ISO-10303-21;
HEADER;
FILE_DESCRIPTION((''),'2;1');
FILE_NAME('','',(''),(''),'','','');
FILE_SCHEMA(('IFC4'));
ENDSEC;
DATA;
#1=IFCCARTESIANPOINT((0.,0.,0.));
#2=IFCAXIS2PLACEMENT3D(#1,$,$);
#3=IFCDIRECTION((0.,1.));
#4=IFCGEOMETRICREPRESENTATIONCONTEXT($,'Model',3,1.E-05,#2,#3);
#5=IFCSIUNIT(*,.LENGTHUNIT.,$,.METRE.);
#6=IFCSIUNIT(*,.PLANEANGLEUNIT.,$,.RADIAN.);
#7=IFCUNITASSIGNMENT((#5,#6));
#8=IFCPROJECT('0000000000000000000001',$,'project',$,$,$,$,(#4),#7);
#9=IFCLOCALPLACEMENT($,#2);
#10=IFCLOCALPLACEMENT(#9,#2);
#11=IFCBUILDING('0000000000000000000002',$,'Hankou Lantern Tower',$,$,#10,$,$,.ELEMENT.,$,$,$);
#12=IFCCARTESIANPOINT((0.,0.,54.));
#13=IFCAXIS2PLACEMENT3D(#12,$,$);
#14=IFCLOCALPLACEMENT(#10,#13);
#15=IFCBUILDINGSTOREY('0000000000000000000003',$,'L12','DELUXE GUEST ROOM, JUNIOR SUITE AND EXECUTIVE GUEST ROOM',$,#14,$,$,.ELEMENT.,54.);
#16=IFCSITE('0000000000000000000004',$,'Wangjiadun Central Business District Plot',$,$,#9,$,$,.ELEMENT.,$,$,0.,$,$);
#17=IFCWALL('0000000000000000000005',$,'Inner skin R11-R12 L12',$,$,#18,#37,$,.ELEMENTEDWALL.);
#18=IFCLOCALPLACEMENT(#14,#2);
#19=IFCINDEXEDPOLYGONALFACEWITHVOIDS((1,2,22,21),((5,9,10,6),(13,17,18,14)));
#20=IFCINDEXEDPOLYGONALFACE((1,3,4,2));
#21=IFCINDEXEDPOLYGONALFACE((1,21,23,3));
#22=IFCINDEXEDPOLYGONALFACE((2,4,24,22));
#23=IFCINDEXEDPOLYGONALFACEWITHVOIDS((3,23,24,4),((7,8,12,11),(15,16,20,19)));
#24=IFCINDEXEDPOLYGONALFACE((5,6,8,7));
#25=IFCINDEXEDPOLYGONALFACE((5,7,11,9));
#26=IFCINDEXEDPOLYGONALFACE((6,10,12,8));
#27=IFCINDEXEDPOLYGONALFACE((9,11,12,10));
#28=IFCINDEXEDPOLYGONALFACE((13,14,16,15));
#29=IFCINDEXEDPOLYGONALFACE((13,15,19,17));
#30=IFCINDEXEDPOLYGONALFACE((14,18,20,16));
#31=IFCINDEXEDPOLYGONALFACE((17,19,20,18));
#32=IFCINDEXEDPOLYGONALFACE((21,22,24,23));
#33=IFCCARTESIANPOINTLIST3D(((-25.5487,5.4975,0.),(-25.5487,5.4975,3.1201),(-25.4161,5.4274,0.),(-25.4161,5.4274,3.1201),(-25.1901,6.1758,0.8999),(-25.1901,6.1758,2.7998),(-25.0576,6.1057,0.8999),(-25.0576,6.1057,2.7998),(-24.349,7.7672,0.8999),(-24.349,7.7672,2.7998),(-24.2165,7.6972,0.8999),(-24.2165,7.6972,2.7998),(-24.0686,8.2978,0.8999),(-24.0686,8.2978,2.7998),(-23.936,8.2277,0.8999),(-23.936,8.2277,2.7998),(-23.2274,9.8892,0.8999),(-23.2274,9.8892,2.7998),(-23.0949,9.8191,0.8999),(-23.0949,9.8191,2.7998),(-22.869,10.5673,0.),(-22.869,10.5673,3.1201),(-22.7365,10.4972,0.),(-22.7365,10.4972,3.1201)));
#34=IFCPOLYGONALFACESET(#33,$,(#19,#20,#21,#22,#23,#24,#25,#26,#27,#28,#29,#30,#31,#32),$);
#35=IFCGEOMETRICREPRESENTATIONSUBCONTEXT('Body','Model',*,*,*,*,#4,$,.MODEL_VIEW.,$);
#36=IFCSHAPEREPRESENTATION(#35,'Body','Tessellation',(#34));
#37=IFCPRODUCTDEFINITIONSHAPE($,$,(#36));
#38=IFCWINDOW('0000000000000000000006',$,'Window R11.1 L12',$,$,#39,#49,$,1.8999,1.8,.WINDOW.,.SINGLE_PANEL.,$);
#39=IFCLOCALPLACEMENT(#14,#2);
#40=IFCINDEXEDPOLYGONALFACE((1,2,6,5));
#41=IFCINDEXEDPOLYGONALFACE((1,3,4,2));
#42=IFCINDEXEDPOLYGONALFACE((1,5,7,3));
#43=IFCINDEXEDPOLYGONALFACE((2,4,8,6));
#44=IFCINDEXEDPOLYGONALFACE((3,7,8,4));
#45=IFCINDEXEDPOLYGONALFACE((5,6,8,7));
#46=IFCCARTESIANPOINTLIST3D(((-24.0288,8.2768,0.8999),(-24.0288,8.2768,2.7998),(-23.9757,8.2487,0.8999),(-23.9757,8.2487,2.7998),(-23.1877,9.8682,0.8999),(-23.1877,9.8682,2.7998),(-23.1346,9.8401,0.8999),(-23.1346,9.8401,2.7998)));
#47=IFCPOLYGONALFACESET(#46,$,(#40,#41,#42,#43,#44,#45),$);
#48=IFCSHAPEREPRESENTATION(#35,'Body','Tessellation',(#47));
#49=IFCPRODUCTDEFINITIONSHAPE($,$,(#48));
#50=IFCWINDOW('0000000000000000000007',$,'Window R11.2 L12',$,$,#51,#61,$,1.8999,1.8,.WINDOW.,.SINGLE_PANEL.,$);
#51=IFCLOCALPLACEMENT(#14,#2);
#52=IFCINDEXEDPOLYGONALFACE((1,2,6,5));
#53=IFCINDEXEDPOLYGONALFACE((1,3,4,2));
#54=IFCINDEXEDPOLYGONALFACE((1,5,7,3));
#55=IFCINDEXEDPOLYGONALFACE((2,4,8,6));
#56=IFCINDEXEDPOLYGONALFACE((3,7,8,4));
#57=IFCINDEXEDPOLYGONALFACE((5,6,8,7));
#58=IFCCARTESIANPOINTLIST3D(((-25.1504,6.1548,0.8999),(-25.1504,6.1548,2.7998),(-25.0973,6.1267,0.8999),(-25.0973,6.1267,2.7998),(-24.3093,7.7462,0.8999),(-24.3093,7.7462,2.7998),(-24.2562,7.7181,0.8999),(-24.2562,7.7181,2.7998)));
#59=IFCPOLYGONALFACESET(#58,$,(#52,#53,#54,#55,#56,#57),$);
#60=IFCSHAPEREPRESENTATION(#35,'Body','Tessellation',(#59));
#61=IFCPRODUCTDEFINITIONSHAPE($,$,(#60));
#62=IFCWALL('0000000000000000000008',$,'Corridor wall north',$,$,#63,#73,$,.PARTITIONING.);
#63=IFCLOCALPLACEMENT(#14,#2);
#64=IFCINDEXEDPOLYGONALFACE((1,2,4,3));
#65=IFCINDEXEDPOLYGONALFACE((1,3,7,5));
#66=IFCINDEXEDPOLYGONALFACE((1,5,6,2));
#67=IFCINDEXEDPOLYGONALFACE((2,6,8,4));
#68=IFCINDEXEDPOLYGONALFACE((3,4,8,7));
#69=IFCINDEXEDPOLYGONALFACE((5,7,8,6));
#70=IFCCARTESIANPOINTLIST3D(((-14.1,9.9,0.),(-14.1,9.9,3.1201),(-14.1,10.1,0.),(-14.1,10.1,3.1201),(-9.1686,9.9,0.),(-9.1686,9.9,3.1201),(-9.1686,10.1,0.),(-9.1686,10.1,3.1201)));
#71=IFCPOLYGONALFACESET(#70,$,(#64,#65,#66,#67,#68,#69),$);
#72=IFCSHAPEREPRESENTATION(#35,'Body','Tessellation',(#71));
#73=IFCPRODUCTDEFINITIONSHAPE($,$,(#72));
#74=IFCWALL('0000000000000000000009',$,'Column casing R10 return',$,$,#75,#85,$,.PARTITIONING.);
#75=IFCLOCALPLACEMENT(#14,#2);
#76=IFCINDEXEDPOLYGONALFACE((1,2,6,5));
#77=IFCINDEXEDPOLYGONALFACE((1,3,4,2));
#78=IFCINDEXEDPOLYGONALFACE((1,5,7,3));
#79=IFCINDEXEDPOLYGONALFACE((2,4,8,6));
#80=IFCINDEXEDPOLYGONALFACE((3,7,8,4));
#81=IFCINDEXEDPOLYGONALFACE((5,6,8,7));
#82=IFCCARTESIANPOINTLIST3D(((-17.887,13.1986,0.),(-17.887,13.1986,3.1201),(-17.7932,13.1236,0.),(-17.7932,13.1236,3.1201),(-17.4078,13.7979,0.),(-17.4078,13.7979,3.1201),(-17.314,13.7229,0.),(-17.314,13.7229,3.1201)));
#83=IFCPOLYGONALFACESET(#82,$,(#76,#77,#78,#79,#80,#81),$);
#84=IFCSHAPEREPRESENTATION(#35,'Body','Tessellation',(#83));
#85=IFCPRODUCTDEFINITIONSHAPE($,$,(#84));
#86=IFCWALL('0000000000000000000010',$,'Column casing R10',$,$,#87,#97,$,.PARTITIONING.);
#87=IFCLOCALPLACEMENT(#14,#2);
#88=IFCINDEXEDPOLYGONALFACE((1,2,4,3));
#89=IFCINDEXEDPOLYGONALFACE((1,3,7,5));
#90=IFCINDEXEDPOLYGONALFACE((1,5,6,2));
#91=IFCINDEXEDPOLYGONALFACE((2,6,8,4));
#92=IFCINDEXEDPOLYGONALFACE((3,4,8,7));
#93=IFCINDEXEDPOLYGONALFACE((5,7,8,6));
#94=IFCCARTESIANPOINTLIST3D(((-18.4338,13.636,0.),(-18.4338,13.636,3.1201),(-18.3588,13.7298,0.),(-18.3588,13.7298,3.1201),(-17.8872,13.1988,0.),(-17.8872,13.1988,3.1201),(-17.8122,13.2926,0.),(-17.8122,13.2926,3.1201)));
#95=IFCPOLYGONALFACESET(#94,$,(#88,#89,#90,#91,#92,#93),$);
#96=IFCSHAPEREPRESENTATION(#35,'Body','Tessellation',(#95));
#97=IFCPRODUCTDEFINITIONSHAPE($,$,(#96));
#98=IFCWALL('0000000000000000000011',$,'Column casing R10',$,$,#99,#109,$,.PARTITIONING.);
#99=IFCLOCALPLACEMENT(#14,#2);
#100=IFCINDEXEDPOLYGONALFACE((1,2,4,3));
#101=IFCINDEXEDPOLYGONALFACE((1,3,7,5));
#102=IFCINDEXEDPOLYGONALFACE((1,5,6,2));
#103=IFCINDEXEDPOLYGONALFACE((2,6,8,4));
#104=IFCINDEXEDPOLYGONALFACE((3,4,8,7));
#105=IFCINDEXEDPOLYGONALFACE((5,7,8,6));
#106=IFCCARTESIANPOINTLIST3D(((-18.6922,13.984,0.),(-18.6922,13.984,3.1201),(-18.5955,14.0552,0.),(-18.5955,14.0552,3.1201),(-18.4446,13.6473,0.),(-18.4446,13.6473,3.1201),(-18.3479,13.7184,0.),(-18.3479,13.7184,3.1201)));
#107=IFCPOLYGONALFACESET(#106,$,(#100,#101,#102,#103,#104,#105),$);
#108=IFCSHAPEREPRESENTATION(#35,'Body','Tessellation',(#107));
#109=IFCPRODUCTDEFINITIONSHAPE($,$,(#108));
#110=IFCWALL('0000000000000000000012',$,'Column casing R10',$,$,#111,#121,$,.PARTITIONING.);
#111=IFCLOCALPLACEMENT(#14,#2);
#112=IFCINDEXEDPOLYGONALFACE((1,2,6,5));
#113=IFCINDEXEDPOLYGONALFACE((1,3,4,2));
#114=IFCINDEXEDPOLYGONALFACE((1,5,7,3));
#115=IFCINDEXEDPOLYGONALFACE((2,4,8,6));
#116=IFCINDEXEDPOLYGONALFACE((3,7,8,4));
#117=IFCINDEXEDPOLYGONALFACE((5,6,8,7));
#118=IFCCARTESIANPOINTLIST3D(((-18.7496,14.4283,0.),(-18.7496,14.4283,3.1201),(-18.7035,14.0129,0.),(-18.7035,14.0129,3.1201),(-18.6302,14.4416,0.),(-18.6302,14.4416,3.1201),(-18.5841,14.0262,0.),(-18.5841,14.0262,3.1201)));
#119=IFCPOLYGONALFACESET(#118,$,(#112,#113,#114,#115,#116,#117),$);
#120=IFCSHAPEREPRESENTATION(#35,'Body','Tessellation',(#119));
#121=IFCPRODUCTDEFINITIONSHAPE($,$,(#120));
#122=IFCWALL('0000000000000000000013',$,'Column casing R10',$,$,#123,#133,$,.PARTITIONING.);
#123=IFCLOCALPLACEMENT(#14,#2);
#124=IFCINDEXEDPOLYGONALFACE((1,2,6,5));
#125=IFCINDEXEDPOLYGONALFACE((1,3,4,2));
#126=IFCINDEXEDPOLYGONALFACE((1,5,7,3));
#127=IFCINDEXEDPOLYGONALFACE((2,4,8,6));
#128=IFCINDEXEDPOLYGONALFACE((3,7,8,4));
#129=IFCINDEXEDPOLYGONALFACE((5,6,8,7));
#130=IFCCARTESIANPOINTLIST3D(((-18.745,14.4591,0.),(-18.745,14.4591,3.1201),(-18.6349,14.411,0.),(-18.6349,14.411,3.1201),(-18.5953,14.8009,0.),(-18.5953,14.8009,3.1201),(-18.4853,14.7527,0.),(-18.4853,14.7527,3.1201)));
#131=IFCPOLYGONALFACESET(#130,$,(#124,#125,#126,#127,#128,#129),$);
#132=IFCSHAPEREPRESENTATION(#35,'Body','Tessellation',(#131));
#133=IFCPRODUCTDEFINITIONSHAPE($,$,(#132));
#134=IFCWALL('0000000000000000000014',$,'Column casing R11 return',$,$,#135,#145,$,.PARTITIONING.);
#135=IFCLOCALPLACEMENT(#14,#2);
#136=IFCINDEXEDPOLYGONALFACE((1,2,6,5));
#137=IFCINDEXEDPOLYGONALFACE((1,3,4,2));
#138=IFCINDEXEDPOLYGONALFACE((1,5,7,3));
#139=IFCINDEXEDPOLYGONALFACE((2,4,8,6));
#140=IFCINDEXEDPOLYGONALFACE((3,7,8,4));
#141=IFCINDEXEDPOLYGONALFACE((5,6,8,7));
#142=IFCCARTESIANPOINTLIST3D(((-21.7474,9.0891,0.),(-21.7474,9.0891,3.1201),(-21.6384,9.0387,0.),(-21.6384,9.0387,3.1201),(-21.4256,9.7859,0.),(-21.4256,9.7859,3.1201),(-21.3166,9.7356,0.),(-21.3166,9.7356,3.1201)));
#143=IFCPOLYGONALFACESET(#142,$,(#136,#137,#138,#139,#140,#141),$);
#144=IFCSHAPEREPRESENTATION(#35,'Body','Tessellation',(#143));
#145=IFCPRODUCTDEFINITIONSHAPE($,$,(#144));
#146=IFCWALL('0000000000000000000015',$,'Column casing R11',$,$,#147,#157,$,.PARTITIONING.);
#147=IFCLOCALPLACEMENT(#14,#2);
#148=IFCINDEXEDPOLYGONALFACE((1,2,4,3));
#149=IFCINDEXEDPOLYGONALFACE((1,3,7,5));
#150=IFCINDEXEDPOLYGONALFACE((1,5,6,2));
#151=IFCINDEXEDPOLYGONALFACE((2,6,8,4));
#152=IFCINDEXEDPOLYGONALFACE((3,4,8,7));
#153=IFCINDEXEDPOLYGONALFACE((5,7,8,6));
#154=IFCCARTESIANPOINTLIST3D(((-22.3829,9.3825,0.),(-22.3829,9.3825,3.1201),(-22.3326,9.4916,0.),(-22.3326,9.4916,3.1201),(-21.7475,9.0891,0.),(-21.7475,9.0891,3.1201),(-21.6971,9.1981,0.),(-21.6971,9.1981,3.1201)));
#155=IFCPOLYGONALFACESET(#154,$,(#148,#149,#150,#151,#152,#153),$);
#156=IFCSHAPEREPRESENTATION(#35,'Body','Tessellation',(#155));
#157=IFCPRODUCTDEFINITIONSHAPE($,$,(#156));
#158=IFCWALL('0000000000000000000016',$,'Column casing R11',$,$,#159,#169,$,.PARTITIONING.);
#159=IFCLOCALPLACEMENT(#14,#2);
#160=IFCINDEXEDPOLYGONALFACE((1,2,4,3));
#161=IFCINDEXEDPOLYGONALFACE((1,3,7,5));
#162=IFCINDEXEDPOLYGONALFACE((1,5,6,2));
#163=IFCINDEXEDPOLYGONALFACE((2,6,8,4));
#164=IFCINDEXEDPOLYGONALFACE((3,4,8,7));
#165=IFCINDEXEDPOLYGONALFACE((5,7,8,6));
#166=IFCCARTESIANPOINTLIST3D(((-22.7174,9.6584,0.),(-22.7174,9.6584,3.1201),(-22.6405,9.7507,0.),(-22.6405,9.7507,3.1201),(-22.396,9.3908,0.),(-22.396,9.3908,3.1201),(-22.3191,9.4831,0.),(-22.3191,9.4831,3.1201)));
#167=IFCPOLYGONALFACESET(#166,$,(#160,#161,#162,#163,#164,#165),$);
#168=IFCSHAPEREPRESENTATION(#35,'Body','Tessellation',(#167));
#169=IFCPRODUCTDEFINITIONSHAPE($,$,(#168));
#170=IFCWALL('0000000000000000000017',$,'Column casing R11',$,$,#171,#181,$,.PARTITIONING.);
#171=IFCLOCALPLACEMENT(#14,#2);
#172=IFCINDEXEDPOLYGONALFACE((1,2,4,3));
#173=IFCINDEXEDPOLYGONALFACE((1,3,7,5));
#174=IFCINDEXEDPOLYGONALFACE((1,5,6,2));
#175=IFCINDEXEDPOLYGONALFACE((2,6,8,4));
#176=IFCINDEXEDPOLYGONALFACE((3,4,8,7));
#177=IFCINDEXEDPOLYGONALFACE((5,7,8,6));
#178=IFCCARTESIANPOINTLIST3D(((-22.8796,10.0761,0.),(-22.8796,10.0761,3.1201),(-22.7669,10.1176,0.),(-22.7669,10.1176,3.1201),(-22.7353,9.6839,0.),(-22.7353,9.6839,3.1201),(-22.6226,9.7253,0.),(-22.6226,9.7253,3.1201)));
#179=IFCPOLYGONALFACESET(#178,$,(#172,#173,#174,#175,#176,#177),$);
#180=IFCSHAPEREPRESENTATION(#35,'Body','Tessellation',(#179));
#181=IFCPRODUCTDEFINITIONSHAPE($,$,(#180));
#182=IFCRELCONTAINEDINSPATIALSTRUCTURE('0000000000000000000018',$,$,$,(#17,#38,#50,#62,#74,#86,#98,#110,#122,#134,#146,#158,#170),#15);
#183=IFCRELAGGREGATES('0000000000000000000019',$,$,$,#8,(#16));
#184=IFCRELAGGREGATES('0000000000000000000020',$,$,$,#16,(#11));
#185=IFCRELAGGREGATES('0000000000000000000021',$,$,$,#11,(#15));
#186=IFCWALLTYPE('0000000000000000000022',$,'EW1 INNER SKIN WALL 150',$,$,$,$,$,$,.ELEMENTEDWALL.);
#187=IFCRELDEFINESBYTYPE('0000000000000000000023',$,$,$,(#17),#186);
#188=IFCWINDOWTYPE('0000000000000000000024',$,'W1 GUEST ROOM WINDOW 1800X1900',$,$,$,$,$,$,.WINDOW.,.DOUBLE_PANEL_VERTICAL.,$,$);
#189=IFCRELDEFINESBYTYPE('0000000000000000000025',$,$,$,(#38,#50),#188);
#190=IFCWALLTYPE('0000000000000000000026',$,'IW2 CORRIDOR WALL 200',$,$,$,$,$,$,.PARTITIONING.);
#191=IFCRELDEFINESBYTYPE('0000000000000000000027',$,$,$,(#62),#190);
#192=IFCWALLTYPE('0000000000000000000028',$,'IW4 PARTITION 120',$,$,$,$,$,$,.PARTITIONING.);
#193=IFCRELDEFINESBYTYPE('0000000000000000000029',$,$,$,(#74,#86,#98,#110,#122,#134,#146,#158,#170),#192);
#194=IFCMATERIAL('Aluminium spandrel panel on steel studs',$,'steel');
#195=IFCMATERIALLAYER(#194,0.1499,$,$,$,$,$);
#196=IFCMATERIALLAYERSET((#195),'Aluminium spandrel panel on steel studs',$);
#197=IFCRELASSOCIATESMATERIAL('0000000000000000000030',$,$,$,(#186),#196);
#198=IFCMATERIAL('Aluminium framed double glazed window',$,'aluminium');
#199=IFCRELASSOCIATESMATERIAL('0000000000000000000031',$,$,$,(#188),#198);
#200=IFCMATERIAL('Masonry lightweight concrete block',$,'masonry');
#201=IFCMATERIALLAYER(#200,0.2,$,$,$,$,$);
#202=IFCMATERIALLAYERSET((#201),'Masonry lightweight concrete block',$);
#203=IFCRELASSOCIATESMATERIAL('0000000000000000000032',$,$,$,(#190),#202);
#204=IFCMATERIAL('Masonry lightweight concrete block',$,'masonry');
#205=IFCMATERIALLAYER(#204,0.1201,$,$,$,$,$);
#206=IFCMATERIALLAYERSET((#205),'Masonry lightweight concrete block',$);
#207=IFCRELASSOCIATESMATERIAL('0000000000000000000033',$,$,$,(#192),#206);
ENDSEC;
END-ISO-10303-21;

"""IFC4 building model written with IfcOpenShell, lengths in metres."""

from ifc_helpers import new_model, si_unit, direction, frame, frame_2d, origin, place, context, subcontext, project, spatial, rectangle, extrude, material, layer, layer_set, type_object, element, fill, save


model = new_model("IFC4")

# Units and contexts
model_context = context("Model", 3, precision=1e-05, world=origin(), true_north=direction((0.0, 1.0)))
body_context = subcontext(model_context, "Body", "Model", "MODEL_VIEW")
ifc_project = project(units=[si_unit("LENGTHUNIT", "METRE"), si_unit("PLANEANGLEUNIT", "RADIAN")], contexts=[model_context])

# Site, building, storey
site_placement = place(None, origin())
site = spatial("IfcSite", under=ifc_project, at=site_placement, Name="Wangjiadun Central Business District Plot", CompositionType="ELEMENT", RefElevation=0.0)
building_placement = place(site_placement, origin())
building = spatial("IfcBuilding", under=site, at=building_placement, Name="Hankou Lantern Tower", CompositionType="ELEMENT")
storey_placement = place(building_placement, frame((0.0, 0.0, 54.0)))
storey = spatial("IfcBuildingStorey", under=building, at=storey_placement, Name="L12", Description="DELUXE GUEST ROOM, JUNIOR SUITE AND EXECUTIVE GUEST ROOM", CompositionType="ELEMENT", Elevation=54.0)

# Wall, openings, windows
ifc_material_1 = material(Name="Aluminium spandrel panel on steel studs", Category="steel")
ifc_layer_1 = layer(ifc_material_1, 0.1499)
ifc_layer_set_1 = layer_set([ifc_layer_1], Name="Aluminium spandrel panel on steel studs")
wall_type_1 = type_object("IfcWallType", Name="EW1 INNER SKIN WALL 150", PredefinedType="ELEMENTEDWALL", material=ifc_layer_set_1)
ifc_material_2 = material(Name="Aluminium framed double glazed window", Category="aluminium")
window_type = type_object("IfcWindowType", Name="W1 GUEST ROOM WINDOW 1800X1900", PartitioningType="DOUBLE_PANEL_VERTICAL", PredefinedType="WINDOW", material=ifc_material_2)
wall_1_placement = place(storey_placement, frame((-22.8027, 10.5322, 0.0), z_axis=(0.0, 0.0, 1.0), x_axis=(-0.467297, -0.8841, 0.0)))
wall_1 = element("IfcWall", 1, at=wall_1_placement, inside=storey, type_object=wall_type_1, Name="Inner skin R11-R12 L12", PredefinedType="ELEMENTEDWALL", context=body_context, shape_type="SweptSolid", body=[
    extrude(rectangle(XDim=5.7344, YDim=0.1499, at=frame_2d((2.8672, 0.0))), origin(), (0.0, 0.0, 1.0), 3.1201),
])
opening_1_placement = place(wall_1_placement, frame((0.7671, 0.0, 0.8999)))
opening_1 = element("IfcOpeningElement", 2, at=opening_1_placement, cuts=wall_1, PredefinedType="OPENING", context=body_context, shape_type="SweptSolid", body=[
    extrude(rectangle(XDim=1.8, YDim=1.8999, at=frame_2d((0.8999, 0.95))), frame((0.0, 0.085, 0.0), z_axis=(0.0, -1.0, 0.0), x_axis=(1.0, 0.0, 0.0)), (0.0, 0.0, 1.0), 0.1699),
])
opening_2_placement = place(wall_1_placement, frame((3.1672, 0.0, 0.8999)))
opening_2 = element("IfcOpeningElement", 3, at=opening_2_placement, cuts=wall_1, PredefinedType="OPENING", context=body_context, shape_type="SweptSolid", body=[
    extrude(rectangle(XDim=1.8, YDim=1.8999, at=frame_2d((0.8999, 0.95))), frame((0.0, 0.085, 0.0), z_axis=(0.0, -1.0, 0.0), x_axis=(1.0, 0.0, 0.0)), (0.0, 0.0, 1.0), 0.1699),
])
window_1_placement = place(opening_1_placement, origin())
window_1 = element("IfcWindow", 4, at=window_1_placement, inside=storey, type_object=window_type, Name="Window R11.1 L12", OverallHeight=1.8999, OverallWidth=1.8, PartitioningType="SINGLE_PANEL", PredefinedType="WINDOW", context=body_context, shape_type="SweptSolid", body=[
    extrude(rectangle(XDim=1.8, YDim=1.8999, at=frame_2d((0.8999, 0.95))), frame((0.0, 0.03, 0.0), z_axis=(0.0, -1.0, 0.0), x_axis=(1.0, 0.0, 0.0)), (0.0, 0.0, 1.0), 0.0601),
])
fill(opening_1, window_1)
window_2_placement = place(opening_2_placement, origin())
window_2 = element("IfcWindow", 5, at=window_2_placement, inside=storey, type_object=window_type, Name="Window R11.2 L12", OverallHeight=1.8999, OverallWidth=1.8, PartitioningType="SINGLE_PANEL", PredefinedType="WINDOW", context=body_context, shape_type="SweptSolid", body=[
    extrude(rectangle(XDim=1.8, YDim=1.8999, at=frame_2d((0.8999, 0.95))), frame((0.0, 0.03, 0.0), z_axis=(0.0, -1.0, 0.0), x_axis=(1.0, 0.0, 0.0)), (0.0, 0.0, 1.0), 0.0601),
])
fill(opening_2, window_2)

# Walls
ifc_material_3 = material(Name="Masonry lightweight concrete block", Category="masonry")
ifc_layer_2 = layer(ifc_material_3, 0.2)
ifc_layer_set_2 = layer_set([ifc_layer_2], Name="Masonry lightweight concrete block")
wall_type_2 = type_object("IfcWallType", Name="IW2 CORRIDOR WALL 200", PredefinedType="PARTITIONING", material=ifc_layer_set_2)
wall_2_placement = place(storey_placement, frame((-14.1001, 10.0, 0.0), z_axis=(0.0, 0.0, 1.0), x_axis=(1.0, 0.0, 0.0)))
element("IfcWall", 6, at=wall_2_placement, inside=storey, type_object=wall_type_2, Name="Corridor wall north", PredefinedType="PARTITIONING", context=body_context, shape_type="SweptSolid", body=[
    extrude(rectangle(XDim=4.9314, YDim=0.2, at=frame_2d((2.4658, 0.0))), origin(), (0.0, 0.0, 1.0), 3.1201),
])
ifc_material_4 = material(Name="Masonry lightweight concrete block", Category="masonry")
ifc_layer_3 = layer(ifc_material_4, 0.1201)
ifc_layer_set_3 = layer_set([ifc_layer_3], Name="Masonry lightweight concrete block")
wall_type_3 = type_object("IfcWallType", Name="IW4 PARTITION 120", PredefinedType="PARTITIONING", material=ifc_layer_set_3)
wall_3_placement = place(storey_placement, frame((-17.3608, 13.7605, 0.0), z_axis=(0.0, 0.0, 1.0), x_axis=(-0.624501, -0.781024, 0.0)))
element("IfcWall", 7, at=wall_3_placement, inside=storey, type_object=wall_type_3, Name="Column casing R10 return", PredefinedType="PARTITIONING", context=body_context, shape_type="SweptSolid", body=[
    extrude(rectangle(XDim=0.7673, YDim=0.1201, at=frame_2d((0.3838, 0.0))), origin(), (0.0, 0.0, 1.0), 3.1201),
])
wall_4_placement = place(storey_placement, frame((-17.8496, 13.2456, 0.0), z_axis=(0.0, 0.0, 1.0), x_axis=(-0.780903, 0.624653, 0.0)))
element("IfcWall", 8, at=wall_4_placement, inside=storey, type_object=wall_type_3, Name="Column casing R10", PredefinedType="PARTITIONING", context=body_context, shape_type="SweptSolid", body=[
    extrude(rectangle(XDim=0.7, YDim=0.1201, at=frame_2d((0.3501, 0.0))), origin(), (0.0, 0.0, 1.0), 3.1201),
])
for number, where, z_axis, x_axis, name in (
    (9, (-18.3962, 13.6829, 0.0), (0.0, 0.0, 1.0), (-0.592402, 0.805643, 0.0), "Column casing R10"),
    (10, (-18.6438, 14.0195, 0.0), (0.0, 0.0, 1.0), (-0.110367, 0.993891, 0.0), "Column casing R10"),
):
    element("IfcWall", number, at=place(storey_placement, frame(where, z_axis=z_axis, x_axis=x_axis)), inside=storey, type_object=wall_type_3, Name=name, PredefinedType="PARTITIONING", context=body_context, shape_type="SweptSolid", body=[
        extrude(rectangle(XDim=0.418, YDim=0.1201, at=frame_2d((0.209, 0.0))), origin(), (0.0, 0.0, 1.0), 3.1201),
    ])
wall_5_placement = place(storey_placement, frame((-18.6899, 14.4351, 0.0), z_axis=(0.0, 0.0, 1.0), x_axis=(0.401093, 0.916037, 0.0)))
element("IfcWall", 11, at=wall_5_placement, inside=storey, type_object=wall_type_3, Name="Column casing R10", PredefinedType="PARTITIONING", context=body_context, shape_type="SweptSolid", body=[
    extrude(rectangle(XDim=0.373, YDim=0.1201, at=frame_2d((0.1865, 0.0))), origin(), (0.0, 0.0, 1.0), 3.1201),
])
wall_6_placement = place(storey_placement, frame((-21.3711, 9.7607, 0.0), z_axis=(0.0, 0.0, 1.0), x_axis=(-0.41926, -0.907866, 0.0)))
element("IfcWall", 12, at=wall_6_placement, inside=storey, type_object=wall_type_3, Name="Column casing R11 return", PredefinedType="PARTITIONING", context=body_context, shape_type="SweptSolid", body=[
    extrude(rectangle(XDim=0.7676, YDim=0.1201, at=frame_2d((0.3838, 0.0))), origin(), (0.0, 0.0, 1.0), 3.1201),
])
wall_7_placement = place(storey_placement, frame((-21.7222, 9.1436, 0.0), z_axis=(0.0, 0.0, 1.0), x_axis=(-0.907878, 0.419235, 0.0)))
element("IfcWall", 13, at=wall_7_placement, inside=storey, type_object=wall_type_3, Name="Column casing R11", PredefinedType="PARTITIONING", context=body_context, shape_type="SweptSolid", body=[
    extrude(rectangle(XDim=0.7, YDim=0.1201, at=frame_2d((0.3501, 0.0))), origin(), (0.0, 0.0, 1.0), 3.1201),
])
wall_8_placement = place(storey_placement, frame((-22.3577, 9.437, 0.0), z_axis=(0.0, 0.0, 1.0), x_axis=(-0.768413, 0.639955, 0.0)))
element("IfcWall", 14, at=wall_8_placement, inside=storey, type_object=wall_type_3, Name="Column casing R11", PredefinedType="PARTITIONING", context=body_context, shape_type="SweptSolid", body=[
    extrude(rectangle(XDim=0.4182, YDim=0.1201, at=frame_2d((0.209, 0.0))), origin(), (0.0, 0.0, 1.0), 3.1201),
])
wall_9_placement = place(storey_placement, frame((-22.679, 9.7046, 0.0), z_axis=(0.0, 0.0, 1.0), x_axis=(-0.345164, 0.938542, 0.0)))
element("IfcWall", 15, at=wall_9_placement, inside=storey, type_object=wall_type_3, Name="Column casing R11", PredefinedType="PARTITIONING", context=body_context, shape_type="SweptSolid", body=[
    extrude(rectangle(XDim=0.418, YDim=0.1201, at=frame_2d((0.209, 0.0))), origin(), (0.0, 0.0, 1.0), 3.1201),
])

save(model, "model.ifc")
